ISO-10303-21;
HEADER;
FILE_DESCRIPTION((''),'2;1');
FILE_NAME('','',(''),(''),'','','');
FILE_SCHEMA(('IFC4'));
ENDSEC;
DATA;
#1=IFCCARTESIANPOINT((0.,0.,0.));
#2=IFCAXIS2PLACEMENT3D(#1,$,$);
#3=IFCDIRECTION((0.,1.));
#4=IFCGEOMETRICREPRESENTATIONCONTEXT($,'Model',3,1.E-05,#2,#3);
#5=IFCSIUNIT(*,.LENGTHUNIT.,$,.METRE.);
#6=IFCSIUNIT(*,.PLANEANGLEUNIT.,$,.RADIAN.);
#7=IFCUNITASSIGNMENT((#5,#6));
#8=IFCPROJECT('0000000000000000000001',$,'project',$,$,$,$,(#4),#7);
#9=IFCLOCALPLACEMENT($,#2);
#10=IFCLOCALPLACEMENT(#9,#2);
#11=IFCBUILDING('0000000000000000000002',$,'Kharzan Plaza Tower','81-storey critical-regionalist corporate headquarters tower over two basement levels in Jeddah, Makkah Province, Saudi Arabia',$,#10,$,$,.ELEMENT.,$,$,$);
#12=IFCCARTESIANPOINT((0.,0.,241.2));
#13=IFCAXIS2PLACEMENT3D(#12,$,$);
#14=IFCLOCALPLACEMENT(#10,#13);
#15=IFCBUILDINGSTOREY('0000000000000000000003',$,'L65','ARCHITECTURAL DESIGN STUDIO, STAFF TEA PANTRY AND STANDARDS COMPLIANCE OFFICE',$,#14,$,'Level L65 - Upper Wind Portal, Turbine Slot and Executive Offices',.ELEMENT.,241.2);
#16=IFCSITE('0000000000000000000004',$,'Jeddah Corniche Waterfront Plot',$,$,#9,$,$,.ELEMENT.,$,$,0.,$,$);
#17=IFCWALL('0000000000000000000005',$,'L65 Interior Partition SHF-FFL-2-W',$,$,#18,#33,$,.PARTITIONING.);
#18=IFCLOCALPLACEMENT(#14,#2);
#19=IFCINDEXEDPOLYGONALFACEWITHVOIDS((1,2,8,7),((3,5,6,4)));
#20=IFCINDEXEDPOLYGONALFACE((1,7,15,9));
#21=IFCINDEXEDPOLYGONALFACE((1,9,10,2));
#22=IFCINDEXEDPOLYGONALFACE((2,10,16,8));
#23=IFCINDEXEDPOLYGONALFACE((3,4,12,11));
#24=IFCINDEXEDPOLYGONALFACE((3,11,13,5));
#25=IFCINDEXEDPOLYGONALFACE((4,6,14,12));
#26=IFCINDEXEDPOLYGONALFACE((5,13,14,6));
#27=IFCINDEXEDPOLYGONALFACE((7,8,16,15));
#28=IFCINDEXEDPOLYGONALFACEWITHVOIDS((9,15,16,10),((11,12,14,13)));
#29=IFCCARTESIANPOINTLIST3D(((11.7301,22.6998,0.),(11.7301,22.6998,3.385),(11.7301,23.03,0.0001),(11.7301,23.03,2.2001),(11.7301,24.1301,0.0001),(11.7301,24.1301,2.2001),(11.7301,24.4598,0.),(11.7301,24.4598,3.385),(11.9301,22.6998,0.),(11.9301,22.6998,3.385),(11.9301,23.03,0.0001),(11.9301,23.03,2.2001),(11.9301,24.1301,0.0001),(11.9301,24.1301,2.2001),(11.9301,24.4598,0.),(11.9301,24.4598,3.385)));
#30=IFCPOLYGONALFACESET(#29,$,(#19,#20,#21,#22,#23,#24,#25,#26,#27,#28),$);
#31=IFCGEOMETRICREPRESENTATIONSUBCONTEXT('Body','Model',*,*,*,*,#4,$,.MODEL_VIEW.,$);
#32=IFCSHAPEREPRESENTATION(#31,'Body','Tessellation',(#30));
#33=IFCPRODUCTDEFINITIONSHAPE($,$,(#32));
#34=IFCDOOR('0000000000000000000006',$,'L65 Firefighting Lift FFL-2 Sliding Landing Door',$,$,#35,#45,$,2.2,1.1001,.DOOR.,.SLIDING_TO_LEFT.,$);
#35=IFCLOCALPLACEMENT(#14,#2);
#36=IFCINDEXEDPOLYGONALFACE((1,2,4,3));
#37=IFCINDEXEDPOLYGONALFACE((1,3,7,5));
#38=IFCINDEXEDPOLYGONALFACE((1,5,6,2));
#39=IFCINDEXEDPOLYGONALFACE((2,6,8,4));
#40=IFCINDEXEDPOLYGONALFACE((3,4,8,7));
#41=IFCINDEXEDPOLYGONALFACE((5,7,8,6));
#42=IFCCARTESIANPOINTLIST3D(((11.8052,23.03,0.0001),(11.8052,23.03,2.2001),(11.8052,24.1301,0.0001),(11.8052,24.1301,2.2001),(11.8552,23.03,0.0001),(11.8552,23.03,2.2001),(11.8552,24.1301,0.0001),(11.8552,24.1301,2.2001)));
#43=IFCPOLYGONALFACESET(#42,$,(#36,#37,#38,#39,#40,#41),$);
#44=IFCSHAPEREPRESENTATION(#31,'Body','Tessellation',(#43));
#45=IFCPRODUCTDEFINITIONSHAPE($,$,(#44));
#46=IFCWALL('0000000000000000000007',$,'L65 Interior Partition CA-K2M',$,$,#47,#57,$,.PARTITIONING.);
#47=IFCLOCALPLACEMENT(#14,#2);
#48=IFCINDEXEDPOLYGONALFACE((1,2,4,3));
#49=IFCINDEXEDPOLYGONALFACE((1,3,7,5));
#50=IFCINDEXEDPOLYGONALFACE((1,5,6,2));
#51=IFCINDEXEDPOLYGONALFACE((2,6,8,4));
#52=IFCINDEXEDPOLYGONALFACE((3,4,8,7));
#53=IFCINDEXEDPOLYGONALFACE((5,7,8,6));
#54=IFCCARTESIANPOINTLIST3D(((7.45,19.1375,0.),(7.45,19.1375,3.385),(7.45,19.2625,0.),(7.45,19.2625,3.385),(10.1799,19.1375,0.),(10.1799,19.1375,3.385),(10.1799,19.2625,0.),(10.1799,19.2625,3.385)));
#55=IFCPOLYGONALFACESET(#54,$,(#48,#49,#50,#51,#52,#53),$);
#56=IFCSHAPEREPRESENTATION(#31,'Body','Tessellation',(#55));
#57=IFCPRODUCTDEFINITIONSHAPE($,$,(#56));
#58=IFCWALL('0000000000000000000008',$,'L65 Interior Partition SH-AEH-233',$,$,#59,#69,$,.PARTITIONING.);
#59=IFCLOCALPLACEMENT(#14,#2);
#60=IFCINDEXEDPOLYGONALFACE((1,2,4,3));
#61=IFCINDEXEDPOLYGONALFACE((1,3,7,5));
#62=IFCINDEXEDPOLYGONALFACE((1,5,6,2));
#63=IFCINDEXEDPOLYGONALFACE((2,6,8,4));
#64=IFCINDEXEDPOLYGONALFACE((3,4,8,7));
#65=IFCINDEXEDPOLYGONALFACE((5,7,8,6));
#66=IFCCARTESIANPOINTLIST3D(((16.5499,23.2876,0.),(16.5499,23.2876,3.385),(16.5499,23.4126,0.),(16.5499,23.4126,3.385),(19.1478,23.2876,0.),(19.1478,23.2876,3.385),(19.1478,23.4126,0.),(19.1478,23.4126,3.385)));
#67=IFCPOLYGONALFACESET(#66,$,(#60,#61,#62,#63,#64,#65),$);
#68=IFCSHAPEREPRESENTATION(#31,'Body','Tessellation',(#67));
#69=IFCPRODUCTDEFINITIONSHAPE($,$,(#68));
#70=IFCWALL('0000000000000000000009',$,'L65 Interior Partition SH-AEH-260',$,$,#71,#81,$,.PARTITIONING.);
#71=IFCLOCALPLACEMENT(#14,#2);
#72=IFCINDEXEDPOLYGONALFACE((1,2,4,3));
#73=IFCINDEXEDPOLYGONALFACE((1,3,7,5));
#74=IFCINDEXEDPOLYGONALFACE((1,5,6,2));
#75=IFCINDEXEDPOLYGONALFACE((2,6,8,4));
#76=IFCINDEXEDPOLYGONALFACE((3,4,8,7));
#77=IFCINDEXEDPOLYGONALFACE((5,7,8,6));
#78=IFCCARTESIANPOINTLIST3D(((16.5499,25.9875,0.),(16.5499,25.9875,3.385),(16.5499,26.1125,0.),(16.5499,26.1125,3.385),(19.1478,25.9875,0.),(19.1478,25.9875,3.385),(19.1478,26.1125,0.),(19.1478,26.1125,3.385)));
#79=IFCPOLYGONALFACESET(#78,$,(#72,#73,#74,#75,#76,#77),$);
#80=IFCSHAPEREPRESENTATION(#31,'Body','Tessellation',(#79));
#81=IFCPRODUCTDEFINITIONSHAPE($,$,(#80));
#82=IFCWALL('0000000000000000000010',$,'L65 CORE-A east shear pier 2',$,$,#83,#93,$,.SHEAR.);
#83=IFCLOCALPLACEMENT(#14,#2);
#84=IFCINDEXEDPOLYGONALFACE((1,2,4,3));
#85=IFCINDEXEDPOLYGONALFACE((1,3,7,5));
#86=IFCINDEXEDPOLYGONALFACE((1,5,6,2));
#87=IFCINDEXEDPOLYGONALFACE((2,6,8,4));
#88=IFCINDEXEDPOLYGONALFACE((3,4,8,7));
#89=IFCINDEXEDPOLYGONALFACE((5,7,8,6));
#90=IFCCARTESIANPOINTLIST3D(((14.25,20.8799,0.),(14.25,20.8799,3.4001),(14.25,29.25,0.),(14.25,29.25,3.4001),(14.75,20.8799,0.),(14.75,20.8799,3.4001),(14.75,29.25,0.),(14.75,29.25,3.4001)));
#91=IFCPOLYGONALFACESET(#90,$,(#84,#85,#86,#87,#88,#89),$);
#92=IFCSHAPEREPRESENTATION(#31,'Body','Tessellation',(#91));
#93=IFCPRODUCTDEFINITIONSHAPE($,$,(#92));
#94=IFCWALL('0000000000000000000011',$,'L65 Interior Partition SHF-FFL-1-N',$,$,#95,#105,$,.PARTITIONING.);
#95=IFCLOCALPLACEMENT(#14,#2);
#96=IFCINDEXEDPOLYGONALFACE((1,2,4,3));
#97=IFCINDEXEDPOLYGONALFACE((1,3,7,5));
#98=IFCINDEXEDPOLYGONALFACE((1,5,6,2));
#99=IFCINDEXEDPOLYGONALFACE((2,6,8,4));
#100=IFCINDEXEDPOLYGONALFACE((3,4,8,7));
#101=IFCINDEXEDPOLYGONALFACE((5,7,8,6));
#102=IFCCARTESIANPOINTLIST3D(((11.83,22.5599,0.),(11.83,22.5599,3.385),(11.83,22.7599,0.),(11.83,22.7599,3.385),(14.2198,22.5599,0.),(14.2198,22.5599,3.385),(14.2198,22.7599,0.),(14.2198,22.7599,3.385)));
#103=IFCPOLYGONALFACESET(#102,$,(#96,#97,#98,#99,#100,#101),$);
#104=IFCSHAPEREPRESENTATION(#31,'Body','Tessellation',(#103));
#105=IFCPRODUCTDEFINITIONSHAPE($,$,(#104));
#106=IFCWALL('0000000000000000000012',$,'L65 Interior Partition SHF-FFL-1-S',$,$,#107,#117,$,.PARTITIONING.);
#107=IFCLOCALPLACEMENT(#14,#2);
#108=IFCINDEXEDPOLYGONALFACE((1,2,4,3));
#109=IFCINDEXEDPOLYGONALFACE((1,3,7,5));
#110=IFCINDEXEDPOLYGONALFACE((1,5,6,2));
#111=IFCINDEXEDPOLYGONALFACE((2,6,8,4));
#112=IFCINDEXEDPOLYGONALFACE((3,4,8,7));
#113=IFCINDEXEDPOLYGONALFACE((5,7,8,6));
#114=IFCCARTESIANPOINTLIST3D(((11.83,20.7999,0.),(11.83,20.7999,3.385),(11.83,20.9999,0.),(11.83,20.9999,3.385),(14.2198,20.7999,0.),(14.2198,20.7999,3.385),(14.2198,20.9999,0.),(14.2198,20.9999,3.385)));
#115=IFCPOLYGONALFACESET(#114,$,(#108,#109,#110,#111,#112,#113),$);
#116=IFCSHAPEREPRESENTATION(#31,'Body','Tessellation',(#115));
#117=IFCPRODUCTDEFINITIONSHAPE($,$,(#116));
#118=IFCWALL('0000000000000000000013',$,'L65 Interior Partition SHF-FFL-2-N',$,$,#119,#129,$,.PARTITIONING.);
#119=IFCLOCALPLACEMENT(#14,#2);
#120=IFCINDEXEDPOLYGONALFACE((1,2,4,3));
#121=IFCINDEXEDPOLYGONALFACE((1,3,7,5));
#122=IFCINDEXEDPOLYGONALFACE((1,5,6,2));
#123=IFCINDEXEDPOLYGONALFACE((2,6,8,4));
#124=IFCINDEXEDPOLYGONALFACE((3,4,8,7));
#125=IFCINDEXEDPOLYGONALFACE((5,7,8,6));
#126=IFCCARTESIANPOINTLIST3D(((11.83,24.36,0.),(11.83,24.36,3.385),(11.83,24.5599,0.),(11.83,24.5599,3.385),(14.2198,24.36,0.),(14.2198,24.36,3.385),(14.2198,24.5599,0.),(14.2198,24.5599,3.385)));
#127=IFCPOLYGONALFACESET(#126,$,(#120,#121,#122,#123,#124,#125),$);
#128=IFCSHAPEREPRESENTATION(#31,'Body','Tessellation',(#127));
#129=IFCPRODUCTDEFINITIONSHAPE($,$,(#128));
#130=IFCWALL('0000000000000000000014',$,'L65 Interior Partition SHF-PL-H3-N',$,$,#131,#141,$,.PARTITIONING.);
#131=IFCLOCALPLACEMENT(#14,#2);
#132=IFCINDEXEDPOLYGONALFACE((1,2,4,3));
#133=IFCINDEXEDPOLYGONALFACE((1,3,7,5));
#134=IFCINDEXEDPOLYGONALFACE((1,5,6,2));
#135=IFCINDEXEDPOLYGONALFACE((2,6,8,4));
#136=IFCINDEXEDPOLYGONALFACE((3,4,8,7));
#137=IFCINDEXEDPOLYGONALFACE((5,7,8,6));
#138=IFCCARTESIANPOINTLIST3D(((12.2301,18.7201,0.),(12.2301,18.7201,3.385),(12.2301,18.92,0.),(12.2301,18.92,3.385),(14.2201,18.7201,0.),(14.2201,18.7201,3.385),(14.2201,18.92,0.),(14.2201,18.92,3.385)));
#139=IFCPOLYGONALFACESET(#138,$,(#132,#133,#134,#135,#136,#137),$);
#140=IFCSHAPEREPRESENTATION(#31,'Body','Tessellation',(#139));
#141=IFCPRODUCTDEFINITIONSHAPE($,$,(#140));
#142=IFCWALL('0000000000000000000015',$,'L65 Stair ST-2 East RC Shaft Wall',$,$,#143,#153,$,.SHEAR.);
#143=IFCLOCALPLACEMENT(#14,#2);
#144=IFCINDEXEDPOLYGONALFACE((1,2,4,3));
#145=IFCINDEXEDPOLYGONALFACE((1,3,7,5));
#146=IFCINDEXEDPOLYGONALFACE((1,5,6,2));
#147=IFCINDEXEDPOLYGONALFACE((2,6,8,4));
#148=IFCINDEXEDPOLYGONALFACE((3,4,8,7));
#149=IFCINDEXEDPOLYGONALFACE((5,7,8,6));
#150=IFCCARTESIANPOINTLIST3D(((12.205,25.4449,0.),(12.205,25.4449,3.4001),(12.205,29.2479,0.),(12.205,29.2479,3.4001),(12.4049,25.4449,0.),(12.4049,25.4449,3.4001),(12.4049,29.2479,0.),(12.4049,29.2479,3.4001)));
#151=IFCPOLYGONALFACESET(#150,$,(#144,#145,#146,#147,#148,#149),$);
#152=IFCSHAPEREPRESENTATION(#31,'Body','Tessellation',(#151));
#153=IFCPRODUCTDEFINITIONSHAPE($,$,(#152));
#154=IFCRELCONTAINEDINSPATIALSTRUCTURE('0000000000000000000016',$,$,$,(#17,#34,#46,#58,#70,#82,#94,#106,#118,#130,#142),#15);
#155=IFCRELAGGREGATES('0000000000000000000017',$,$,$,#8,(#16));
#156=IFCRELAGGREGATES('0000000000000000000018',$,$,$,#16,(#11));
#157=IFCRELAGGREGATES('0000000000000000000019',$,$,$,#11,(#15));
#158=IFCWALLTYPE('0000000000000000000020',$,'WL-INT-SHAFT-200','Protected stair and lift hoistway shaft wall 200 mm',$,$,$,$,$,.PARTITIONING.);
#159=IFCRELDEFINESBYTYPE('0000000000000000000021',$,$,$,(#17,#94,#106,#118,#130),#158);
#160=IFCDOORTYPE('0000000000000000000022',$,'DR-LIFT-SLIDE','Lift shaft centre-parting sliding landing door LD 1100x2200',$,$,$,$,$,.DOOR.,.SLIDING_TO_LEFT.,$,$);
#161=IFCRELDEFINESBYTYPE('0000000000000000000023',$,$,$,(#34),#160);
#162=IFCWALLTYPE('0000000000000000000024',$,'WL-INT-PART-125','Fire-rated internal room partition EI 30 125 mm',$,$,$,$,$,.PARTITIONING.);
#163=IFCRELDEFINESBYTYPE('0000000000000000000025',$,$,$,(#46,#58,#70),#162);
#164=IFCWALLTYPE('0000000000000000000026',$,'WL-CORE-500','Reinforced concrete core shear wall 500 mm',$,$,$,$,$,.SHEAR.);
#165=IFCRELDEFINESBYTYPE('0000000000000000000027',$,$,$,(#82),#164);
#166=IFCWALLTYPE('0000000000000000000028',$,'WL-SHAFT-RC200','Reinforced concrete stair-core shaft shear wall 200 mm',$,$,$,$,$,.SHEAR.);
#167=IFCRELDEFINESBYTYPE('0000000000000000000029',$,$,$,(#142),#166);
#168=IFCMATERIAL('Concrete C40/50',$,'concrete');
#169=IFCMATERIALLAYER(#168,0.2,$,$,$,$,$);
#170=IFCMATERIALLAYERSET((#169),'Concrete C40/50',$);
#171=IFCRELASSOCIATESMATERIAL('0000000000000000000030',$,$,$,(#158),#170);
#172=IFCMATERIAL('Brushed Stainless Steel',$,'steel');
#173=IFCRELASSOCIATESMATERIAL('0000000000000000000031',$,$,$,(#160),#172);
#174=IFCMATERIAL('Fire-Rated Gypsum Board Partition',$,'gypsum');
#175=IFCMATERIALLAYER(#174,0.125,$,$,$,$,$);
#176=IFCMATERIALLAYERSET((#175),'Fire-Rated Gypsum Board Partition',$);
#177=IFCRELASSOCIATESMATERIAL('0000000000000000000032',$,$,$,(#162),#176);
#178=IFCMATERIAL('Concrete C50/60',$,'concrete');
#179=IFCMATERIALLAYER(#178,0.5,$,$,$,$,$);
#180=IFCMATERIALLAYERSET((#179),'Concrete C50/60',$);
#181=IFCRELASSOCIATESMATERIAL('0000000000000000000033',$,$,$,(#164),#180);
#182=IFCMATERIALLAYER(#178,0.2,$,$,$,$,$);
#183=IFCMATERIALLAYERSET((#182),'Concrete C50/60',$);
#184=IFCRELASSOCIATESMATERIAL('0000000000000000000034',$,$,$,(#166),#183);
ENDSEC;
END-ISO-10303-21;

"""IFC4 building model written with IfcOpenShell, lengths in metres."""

from ifc_helpers import new_model, si_unit, direction, frame, frame_2d, origin, place, context, subcontext, project, spatial, rectangle, extrude, source, transform, mapped, material, layer, layer_set, type_object, element, fill, save


model = new_model("IFC4")

# Units and contexts
model_context = context("Model", 3, precision=1e-05, world=origin(), true_north=direction((0.0, 1.0)))
body_context = subcontext(model_context, "Body", "Model", "MODEL_VIEW")
ifc_project = project(units=[si_unit("LENGTHUNIT", "METRE"), si_unit("PLANEANGLEUNIT", "RADIAN")], contexts=[model_context])

# Site, building, storey
site_placement = place(None, origin())
site = spatial("IfcSite", under=ifc_project, at=site_placement, Name="Jeddah Corniche Waterfront Plot", CompositionType="ELEMENT", RefElevation=0.0)
building_placement = place(site_placement, origin())
building = spatial("IfcBuilding", under=site, at=building_placement, Name="Kharzan Plaza Tower", Description="81-storey critical-regionalist corporate headquarters tower over two basement levels in Jeddah, Makkah Province, Saudi Arabia", CompositionType="ELEMENT")
storey_placement = place(building_placement, frame((0.0, 0.0, 241.2)))
storey = spatial("IfcBuildingStorey", under=building, at=storey_placement, Name="L65", Description="ARCHITECTURAL DESIGN STUDIO, STAFF TEA PANTRY AND STANDARDS COMPLIANCE OFFICE", LongName="Level L65 - Upper Wind Portal, Turbine Slot and Executive Offices", CompositionType="ELEMENT", Elevation=241.2)

# Wall, opening, door
ifc_material_1 = material(Name="Concrete C40/50", Category="concrete")
ifc_layer_1 = layer(ifc_material_1, 0.2)
ifc_layer_set_1 = layer_set([ifc_layer_1], Name="Concrete C40/50")
wall_type_1 = type_object("IfcWallType", Name="WL-INT-SHAFT-200", Description="Protected stair and lift hoistway shaft wall 200 mm", PredefinedType="PARTITIONING", material=ifc_layer_set_1)
ifc_material_2 = material(Name="Brushed Stainless Steel", Category="steel")
door_type = type_object("IfcDoorType", Name="DR-LIFT-SLIDE", Description="Lift shaft centre-parting sliding landing door LD 1100x2200", OperationType="SLIDING_TO_LEFT", PredefinedType="DOOR", material=ifc_material_2)
shared_shape_1 = source(origin(), body_context, "Body", "SweptSolid", [
    extrude(rectangle(XDim=1.1001, YDim=2.2, at=frame_2d((0.55, 1.1001))), frame((0.0, 0.0249, 0.0), z_axis=(0.0, -1.0, 0.0), x_axis=(1.0, 0.0, 0.0)), (0.0, 0.0, 1.0), 0.05),
])
wall_1_placement = place(storey_placement, frame((11.8301, 22.7, 0.0), z_axis=(0.0, 0.0, 1.0), x_axis=(0.0, 1.0, 0.0)))
wall_1 = element("IfcWall", 1, at=wall_1_placement, inside=storey, type_object=wall_type_1, Name="L65 Interior Partition SHF-FFL-2-W", PredefinedType="PARTITIONING", context=body_context, shape_type="SweptSolid", body=[
    extrude(rectangle(XDim=1.76, YDim=0.2, at=frame_2d((0.8799, 0.0))), origin(), (0.0, 0.0, 1.0), 3.385),
])
opening_1_placement = place(wall_1_placement, frame((0.3301, 0.0, 0.0)))
opening_1 = element("IfcOpeningElement", 2, at=opening_1_placement, cuts=wall_1, PredefinedType="OPENING", context=body_context, shape_type="SweptSolid", body=[
    extrude(rectangle(XDim=1.1001, YDim=2.2, at=frame_2d((0.55, 1.1001))), frame((0.0, 0.1099, 0.0), z_axis=(0.0, -1.0, 0.0), x_axis=(1.0, 0.0, 0.0)), (0.0, 0.0, 1.0), 0.22),
])
door_1_placement = place(opening_1_placement, origin())
door_1 = element("IfcDoor", 3, at=door_1_placement, inside=storey, type_object=door_type, Name="L65 Firefighting Lift FFL-2 Sliding Landing Door", OperationType="SLIDING_TO_LEFT", OverallHeight=2.2, OverallWidth=1.1001, PredefinedType="DOOR", context=body_context, shape_type="MappedRepresentation", body=[
    mapped(shared_shape_1, transform((0.0, 0.0, 0.0), x_axis=(1.0, 0.0, 0.0), y_axis=(0.0, 1.0, 0.0), z_axis=(0.0, 0.0, 1.0))),
])
fill(opening_1, door_1)

# Walls
ifc_material_3 = material(Name="Fire-Rated Gypsum Board Partition", Category="gypsum")
ifc_layer_2 = layer(ifc_material_3, 0.125)
ifc_layer_set_2 = layer_set([ifc_layer_2], Name="Fire-Rated Gypsum Board Partition")
wall_type_2 = type_object("IfcWallType", Name="WL-INT-PART-125", Description="Fire-rated internal room partition EI 30 125 mm", PredefinedType="PARTITIONING", material=ifc_layer_set_2)
shared_shape_2 = source(origin(), body_context, "Body", "SweptSolid", [
    extrude(rectangle(XDim=2.73, YDim=0.125, at=frame_2d((1.365, 0.0))), origin(), (0.0, 0.0, 1.0), 3.385),
])
wall_2_placement = place(storey_placement, frame((7.45, 19.2, 0.0), z_axis=(0.0, 0.0, 1.0), x_axis=(1.0, 0.0, 0.0)))
element("IfcWall", 4, at=wall_2_placement, inside=storey, type_object=wall_type_2, Name="L65 Interior Partition CA-K2M", PredefinedType="PARTITIONING", context=body_context, shape_type="MappedRepresentation", body=[
    mapped(shared_shape_2, transform((0.0, 0.0, 0.0), x_axis=(1.0, 0.0, 0.0), y_axis=(0.0, 1.0, 0.0), z_axis=(0.0, 0.0, 1.0))),
])
shared_shape_3 = source(origin(), body_context, "Body", "SweptSolid", [
    extrude(rectangle(XDim=2.5979, YDim=0.125, at=frame_2d((1.2988, 0.0))), origin(), (0.0, 0.0, 1.0), 3.385),
])
for number, where, z_axis, x_axis, name in (
    (5, (16.55, 23.3501, 0.0), (0.0, 0.0, 1.0), (1.0, 0.0, 0.0), "L65 Interior Partition SH-AEH-233"),
    (6, (16.55, 26.05, 0.0), (0.0, 0.0, 1.0), (1.0, 0.0, 0.0), "L65 Interior Partition SH-AEH-260"),
):
    element("IfcWall", number, at=place(storey_placement, frame(where, z_axis=z_axis, x_axis=x_axis)), inside=storey, type_object=wall_type_2, Name=name, PredefinedType="PARTITIONING", context=body_context, shape_type="MappedRepresentation", body=[
        mapped(shared_shape_3, transform((0.0, 0.0, 0.0), x_axis=(1.0, 0.0, 0.0), y_axis=(0.0, 1.0, 0.0), z_axis=(0.0, 0.0, 1.0))),
    ])
ifc_material_4 = material(Name="Concrete C50/60", Category="concrete")
ifc_layer_3 = layer(ifc_material_4, 0.5)
ifc_layer_set_3 = layer_set([ifc_layer_3], Name="Concrete C50/60")
wall_type_3 = type_object("IfcWallType", Name="WL-CORE-500", Description="Reinforced concrete core shear wall 500 mm", PredefinedType="SHEAR", material=ifc_layer_set_3)
shared_shape_4 = source(origin(), body_context, "Body", "SweptSolid", [
    extrude(rectangle(XDim=8.3701, YDim=0.5, at=frame_2d((4.1851, 0.0))), origin(), (0.0, 0.0, 1.0), 3.4001),
])
wall_3_placement = place(storey_placement, frame((14.5, 20.8799, 0.0), z_axis=(0.0, 0.0, 1.0), x_axis=(0.0, 1.0, 0.0)))
element("IfcWall", 7, at=wall_3_placement, inside=storey, type_object=wall_type_3, Name="L65 CORE-A east shear pier 2", PredefinedType="SHEAR", context=body_context, shape_type="MappedRepresentation", body=[
    mapped(shared_shape_4, transform((0.0, 0.0, 0.0), x_axis=(1.0, 0.0, 0.0), y_axis=(0.0, 1.0, 0.0), z_axis=(0.0, 0.0, 1.0))),
])
shared_shape_5 = source(origin(), body_context, "Body", "SweptSolid", [
    extrude(rectangle(XDim=2.3899, YDim=0.2, at=frame_2d((1.1948, 0.0))), origin(), (0.0, 0.0, 1.0), 3.385),
])
for number, where, z_axis, x_axis, name in (
    (8, (11.8301, 22.6599, 0.0), (0.0, 0.0, 1.0), (1.0, 0.0, 0.0), "L65 Interior Partition SHF-FFL-1-N"),
    (9, (11.8301, 20.8999, 0.0), (0.0, 0.0, 1.0), (1.0, 0.0, 0.0), "L65 Interior Partition SHF-FFL-1-S"),
    (10, (11.8301, 24.46, 0.0), (0.0, 0.0, 1.0), (1.0, 0.0, 0.0), "L65 Interior Partition SHF-FFL-2-N"),
):
    element("IfcWall", number, at=place(storey_placement, frame(where, z_axis=z_axis, x_axis=x_axis)), inside=storey, type_object=wall_type_1, Name=name, PredefinedType="PARTITIONING", context=body_context, shape_type="MappedRepresentation", body=[
        mapped(shared_shape_5, transform((0.0, 0.0, 0.0), x_axis=(1.0, 0.0, 0.0), y_axis=(0.0, 1.0, 0.0), z_axis=(0.0, 0.0, 1.0))),
    ])
shared_shape_6 = source(origin(), body_context, "Body", "SweptSolid", [
    extrude(rectangle(XDim=1.99, YDim=0.2, at=frame_2d((0.9951, 0.0))), origin(), (0.0, 0.0, 1.0), 3.385),
])
wall_4_placement = place(storey_placement, frame((12.23, 18.8201, 0.0), z_axis=(0.0, 0.0, 1.0), x_axis=(1.0, 0.0, 0.0)))
element("IfcWall", 11, at=wall_4_placement, inside=storey, type_object=wall_type_1, Name="L65 Interior Partition SHF-PL-H3-N", PredefinedType="PARTITIONING", context=body_context, shape_type="MappedRepresentation", body=[
    mapped(shared_shape_6, transform((0.0, 0.0, 0.0), x_axis=(1.0, 0.0, 0.0), y_axis=(0.0, 1.0, 0.0), z_axis=(0.0, 0.0, 1.0))),
])
ifc_layer_4 = layer(ifc_material_4, 0.2)
ifc_layer_set_4 = layer_set([ifc_layer_4], Name="Concrete C50/60")
wall_type_4 = type_object("IfcWallType", Name="WL-SHAFT-RC200", Description="Reinforced concrete stair-core shaft shear wall 200 mm", PredefinedType="SHEAR", material=ifc_layer_set_4)
shared_shape_7 = source(origin(), body_context, "Body", "SweptSolid", [
    extrude(rectangle(XDim=3.803, YDim=0.2, at=frame_2d((1.9014, 0.0))), origin(), (0.0, 0.0, 1.0), 3.4001),
])
wall_5_placement = place(storey_placement, frame((12.3049, 25.4451, 0.0), z_axis=(0.0, 0.0, 1.0), x_axis=(0.0, 1.0, 0.0)))
element("IfcWall", 12, at=wall_5_placement, inside=storey, type_object=wall_type_4, Name="L65 Stair ST-2 East RC Shaft Wall", PredefinedType="SHEAR", context=body_context, shape_type="MappedRepresentation", body=[
    mapped(shared_shape_7, transform((0.0, 0.0, 0.0), x_axis=(1.0, 0.0, 0.0), y_axis=(0.0, 1.0, 0.0), z_axis=(0.0, 0.0, 1.0))),
])

save(model, "model.ifc")
